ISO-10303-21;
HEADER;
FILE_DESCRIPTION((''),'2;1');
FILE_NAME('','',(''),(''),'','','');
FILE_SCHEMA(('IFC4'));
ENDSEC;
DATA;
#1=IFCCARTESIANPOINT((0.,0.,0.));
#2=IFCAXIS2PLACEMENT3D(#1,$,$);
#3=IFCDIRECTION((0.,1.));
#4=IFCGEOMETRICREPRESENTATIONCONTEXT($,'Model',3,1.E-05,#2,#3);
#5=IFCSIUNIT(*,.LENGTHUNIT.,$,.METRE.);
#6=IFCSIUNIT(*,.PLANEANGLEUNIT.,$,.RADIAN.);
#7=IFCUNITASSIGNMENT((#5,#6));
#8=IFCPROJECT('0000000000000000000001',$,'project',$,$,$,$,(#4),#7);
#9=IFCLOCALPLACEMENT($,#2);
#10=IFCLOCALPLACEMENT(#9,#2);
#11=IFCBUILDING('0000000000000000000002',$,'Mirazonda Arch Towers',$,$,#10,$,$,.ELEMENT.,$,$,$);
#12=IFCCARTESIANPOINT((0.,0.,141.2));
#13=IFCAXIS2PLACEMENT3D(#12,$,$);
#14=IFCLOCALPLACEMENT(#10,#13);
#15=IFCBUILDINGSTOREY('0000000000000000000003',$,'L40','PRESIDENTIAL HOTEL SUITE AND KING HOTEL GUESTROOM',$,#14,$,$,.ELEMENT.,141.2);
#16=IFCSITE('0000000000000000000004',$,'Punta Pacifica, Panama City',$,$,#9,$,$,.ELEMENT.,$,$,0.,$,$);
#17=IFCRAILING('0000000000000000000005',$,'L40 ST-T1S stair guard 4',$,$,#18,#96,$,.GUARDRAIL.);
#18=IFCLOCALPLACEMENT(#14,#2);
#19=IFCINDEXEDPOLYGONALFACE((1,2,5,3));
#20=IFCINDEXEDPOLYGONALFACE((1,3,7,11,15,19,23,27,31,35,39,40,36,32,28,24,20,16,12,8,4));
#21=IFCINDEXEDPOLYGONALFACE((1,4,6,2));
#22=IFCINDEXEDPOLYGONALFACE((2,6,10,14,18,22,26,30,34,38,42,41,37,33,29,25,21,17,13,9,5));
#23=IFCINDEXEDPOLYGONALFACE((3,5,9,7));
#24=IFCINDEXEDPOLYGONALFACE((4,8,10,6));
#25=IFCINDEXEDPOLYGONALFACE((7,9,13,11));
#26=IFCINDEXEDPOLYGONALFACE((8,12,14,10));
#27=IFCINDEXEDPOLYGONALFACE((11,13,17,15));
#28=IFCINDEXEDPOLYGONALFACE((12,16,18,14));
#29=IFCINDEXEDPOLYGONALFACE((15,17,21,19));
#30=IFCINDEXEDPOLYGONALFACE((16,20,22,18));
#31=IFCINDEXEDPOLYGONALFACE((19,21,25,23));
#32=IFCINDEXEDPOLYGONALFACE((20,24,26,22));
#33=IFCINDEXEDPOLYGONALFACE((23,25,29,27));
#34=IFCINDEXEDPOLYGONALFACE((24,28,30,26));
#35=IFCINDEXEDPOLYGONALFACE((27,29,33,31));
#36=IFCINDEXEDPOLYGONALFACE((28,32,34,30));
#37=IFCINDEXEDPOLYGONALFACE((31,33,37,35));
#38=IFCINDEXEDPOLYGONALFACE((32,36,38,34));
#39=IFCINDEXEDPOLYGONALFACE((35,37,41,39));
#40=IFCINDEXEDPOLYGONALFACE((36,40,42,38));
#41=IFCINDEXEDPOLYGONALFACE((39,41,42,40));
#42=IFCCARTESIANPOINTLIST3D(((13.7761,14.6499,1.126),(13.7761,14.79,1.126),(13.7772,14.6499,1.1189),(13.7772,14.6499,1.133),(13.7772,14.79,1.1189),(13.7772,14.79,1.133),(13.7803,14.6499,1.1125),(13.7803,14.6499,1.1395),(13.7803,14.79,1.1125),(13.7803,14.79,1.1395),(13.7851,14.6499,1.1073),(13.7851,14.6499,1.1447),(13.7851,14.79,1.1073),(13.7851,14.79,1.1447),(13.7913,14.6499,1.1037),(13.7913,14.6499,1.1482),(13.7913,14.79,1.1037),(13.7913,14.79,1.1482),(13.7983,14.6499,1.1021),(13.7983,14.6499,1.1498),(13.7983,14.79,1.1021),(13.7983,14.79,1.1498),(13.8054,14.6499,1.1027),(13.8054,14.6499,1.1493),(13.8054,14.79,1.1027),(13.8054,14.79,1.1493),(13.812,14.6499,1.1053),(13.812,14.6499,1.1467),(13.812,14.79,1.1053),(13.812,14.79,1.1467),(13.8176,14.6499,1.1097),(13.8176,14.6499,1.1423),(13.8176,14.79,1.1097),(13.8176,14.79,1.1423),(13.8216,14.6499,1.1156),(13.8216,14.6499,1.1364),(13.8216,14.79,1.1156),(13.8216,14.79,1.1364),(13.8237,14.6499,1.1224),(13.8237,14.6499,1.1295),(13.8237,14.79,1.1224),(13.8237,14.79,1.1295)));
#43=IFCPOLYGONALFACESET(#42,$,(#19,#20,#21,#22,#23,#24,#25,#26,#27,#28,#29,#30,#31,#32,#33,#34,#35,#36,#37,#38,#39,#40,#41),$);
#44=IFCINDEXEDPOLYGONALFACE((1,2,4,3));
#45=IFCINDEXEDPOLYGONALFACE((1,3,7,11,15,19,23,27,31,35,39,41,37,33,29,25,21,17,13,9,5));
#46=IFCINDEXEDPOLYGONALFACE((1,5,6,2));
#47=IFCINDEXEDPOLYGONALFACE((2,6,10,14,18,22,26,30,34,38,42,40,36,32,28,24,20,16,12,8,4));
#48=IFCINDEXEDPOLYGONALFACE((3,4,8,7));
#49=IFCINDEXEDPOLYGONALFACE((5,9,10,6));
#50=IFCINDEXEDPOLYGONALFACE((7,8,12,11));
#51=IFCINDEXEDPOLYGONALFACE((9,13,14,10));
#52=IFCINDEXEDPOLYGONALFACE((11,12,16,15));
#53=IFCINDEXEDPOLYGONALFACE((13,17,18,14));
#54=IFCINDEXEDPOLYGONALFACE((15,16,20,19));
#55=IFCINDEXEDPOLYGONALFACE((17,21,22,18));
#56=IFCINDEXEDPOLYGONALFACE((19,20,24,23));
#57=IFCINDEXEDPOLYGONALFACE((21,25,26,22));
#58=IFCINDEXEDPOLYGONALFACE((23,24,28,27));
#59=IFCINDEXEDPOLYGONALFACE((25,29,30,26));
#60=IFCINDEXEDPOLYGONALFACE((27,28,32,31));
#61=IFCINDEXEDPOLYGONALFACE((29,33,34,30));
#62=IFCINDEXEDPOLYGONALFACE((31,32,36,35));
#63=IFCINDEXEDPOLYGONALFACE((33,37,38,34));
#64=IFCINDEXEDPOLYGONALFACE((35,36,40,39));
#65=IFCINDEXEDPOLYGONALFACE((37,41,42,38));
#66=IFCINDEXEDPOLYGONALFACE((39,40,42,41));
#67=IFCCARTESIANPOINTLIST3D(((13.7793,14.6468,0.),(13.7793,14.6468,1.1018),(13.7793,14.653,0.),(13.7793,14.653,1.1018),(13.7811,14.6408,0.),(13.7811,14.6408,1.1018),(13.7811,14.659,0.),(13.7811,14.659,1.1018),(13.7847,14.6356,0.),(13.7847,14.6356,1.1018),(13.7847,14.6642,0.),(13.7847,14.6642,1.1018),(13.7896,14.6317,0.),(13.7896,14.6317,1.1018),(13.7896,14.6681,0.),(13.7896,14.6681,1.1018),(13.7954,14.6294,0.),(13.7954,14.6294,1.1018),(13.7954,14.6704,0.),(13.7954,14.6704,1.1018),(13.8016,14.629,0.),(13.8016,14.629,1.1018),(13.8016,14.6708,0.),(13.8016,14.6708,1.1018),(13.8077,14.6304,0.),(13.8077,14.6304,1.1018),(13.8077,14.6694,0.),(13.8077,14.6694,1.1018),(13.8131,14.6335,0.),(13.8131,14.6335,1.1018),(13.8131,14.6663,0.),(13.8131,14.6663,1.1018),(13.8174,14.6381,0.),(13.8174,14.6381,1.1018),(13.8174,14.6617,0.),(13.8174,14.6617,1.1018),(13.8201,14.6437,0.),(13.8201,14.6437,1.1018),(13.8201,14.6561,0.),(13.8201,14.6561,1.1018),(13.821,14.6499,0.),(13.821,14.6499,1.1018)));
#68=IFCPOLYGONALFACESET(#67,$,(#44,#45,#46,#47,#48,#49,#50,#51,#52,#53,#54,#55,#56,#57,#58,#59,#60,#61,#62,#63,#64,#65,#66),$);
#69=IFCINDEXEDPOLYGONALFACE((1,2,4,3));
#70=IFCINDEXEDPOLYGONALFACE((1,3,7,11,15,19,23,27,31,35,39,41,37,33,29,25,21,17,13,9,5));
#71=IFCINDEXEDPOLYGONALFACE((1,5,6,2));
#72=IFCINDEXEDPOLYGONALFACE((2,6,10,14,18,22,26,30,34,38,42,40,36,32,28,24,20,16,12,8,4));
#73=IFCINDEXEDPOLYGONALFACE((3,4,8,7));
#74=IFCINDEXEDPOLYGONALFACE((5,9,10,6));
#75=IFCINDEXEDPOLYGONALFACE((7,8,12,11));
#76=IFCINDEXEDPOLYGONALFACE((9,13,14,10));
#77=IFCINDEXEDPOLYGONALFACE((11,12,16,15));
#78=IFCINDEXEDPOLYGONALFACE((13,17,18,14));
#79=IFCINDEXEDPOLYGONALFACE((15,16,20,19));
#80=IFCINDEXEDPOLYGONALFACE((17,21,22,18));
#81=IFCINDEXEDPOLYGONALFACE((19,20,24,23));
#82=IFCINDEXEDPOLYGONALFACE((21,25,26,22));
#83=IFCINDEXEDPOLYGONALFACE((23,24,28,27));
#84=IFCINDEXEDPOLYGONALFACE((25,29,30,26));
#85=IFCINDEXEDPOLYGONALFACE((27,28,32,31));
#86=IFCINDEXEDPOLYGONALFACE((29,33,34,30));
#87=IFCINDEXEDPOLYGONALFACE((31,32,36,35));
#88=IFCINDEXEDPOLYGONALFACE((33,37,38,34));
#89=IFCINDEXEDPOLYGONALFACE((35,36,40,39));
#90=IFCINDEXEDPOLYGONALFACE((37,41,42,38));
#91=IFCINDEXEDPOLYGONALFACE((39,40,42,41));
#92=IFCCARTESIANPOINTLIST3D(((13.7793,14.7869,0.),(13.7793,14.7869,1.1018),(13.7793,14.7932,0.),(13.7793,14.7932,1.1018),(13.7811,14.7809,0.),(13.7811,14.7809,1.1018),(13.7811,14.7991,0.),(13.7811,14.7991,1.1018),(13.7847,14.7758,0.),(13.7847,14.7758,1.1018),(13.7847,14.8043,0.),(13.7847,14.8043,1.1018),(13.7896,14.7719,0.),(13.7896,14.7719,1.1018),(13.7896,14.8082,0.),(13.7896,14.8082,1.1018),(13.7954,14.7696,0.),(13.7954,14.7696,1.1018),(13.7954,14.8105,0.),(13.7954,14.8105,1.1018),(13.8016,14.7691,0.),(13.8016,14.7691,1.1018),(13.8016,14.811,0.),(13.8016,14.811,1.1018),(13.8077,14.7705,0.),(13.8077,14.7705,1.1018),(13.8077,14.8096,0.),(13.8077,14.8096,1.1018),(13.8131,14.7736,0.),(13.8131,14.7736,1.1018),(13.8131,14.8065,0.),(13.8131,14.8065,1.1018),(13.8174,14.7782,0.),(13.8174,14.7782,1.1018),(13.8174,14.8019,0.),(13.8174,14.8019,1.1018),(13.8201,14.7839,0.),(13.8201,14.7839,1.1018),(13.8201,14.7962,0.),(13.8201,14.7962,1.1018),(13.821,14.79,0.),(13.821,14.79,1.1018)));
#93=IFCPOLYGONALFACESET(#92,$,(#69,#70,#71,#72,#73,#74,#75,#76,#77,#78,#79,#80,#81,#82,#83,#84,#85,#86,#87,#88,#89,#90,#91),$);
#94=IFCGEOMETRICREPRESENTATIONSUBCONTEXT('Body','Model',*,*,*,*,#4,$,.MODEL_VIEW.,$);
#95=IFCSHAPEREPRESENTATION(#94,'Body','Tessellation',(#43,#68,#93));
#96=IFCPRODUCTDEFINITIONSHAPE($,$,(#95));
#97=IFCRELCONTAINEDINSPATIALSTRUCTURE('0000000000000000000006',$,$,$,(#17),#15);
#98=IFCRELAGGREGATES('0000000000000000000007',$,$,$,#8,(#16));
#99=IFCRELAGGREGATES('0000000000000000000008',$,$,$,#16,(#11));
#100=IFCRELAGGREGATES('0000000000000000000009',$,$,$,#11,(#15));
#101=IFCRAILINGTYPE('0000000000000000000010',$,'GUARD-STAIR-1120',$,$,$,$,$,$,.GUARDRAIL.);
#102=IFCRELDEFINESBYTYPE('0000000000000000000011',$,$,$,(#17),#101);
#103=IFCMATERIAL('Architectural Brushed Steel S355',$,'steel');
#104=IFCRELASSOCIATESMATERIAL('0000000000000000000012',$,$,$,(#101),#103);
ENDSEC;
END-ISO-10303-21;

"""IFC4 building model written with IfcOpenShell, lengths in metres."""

from ifc_helpers import new_model, si_unit, direction, frame, origin, origin_2d, place, context, subcontext, project, spatial, circle, extrude, material, type_object, element, save


model = new_model("IFC4")

# Units and contexts
model_context = context("Model", 3, precision=1e-05, world=origin(), true_north=direction((0.0, 1.0)))
body_context = subcontext(model_context, "Body", "Model", "MODEL_VIEW")
ifc_project = project(units=[si_unit("LENGTHUNIT", "METRE"), si_unit("PLANEANGLEUNIT", "RADIAN")], contexts=[model_context])

# Site, building, storey
site_placement = place(None, origin())
site = spatial("IfcSite", under=ifc_project, at=site_placement, Name="Punta Pacifica, Panama City", CompositionType="ELEMENT", RefElevation=0.0)
building_placement = place(site_placement, origin())
building = spatial("IfcBuilding", under=site, at=building_placement, Name="Mirazonda Arch Towers", CompositionType="ELEMENT")
storey_placement = place(building_placement, frame((0.0, 0.0, 141.2)))
storey = spatial("IfcBuildingStorey", under=building, at=storey_placement, Name="L40", Description="PRESIDENTIAL HOTEL SUITE AND KING HOTEL GUESTROOM", CompositionType="ELEMENT", Elevation=141.2)

# Shared definitions
ifc_material_1 = material(Name="Architectural Brushed Steel S355", Category="steel")

# Railing
railing_type_1 = type_object("IfcRailingType", Name="GUARD-STAIR-1120", PredefinedType="GUARDRAIL", material=ifc_material_1)
railing_1_placement = place(storey_placement, frame((13.8, 14.6499, 0.0)))
element("IfcRailing", 1, at=railing_1_placement, inside=storey, type_object=railing_type_1, Name="L40 ST-T1S stair guard 4", PredefinedType="GUARDRAIL", context=body_context, shape_type="SweptSolid", body=[
    extrude(circle(Radius=0.0239, at=origin_2d()), frame((0.0, 0.0, 1.126), z_axis=(0.0, 1.0, 0.0), x_axis=(-1.0, 0.0, 0.0)), (0.0, 0.0, 1.0), 0.1401),
    extrude(circle(Radius=0.021, at=origin_2d()), origin(), (0.0, 0.0, 1.0), 1.1018),
    extrude(circle(Radius=0.021, at=origin_2d()), frame((0.0, 0.1401, 0.0)), (0.0, 0.0, 1.0), 1.1018),
])

save(model, "model.ifc")
